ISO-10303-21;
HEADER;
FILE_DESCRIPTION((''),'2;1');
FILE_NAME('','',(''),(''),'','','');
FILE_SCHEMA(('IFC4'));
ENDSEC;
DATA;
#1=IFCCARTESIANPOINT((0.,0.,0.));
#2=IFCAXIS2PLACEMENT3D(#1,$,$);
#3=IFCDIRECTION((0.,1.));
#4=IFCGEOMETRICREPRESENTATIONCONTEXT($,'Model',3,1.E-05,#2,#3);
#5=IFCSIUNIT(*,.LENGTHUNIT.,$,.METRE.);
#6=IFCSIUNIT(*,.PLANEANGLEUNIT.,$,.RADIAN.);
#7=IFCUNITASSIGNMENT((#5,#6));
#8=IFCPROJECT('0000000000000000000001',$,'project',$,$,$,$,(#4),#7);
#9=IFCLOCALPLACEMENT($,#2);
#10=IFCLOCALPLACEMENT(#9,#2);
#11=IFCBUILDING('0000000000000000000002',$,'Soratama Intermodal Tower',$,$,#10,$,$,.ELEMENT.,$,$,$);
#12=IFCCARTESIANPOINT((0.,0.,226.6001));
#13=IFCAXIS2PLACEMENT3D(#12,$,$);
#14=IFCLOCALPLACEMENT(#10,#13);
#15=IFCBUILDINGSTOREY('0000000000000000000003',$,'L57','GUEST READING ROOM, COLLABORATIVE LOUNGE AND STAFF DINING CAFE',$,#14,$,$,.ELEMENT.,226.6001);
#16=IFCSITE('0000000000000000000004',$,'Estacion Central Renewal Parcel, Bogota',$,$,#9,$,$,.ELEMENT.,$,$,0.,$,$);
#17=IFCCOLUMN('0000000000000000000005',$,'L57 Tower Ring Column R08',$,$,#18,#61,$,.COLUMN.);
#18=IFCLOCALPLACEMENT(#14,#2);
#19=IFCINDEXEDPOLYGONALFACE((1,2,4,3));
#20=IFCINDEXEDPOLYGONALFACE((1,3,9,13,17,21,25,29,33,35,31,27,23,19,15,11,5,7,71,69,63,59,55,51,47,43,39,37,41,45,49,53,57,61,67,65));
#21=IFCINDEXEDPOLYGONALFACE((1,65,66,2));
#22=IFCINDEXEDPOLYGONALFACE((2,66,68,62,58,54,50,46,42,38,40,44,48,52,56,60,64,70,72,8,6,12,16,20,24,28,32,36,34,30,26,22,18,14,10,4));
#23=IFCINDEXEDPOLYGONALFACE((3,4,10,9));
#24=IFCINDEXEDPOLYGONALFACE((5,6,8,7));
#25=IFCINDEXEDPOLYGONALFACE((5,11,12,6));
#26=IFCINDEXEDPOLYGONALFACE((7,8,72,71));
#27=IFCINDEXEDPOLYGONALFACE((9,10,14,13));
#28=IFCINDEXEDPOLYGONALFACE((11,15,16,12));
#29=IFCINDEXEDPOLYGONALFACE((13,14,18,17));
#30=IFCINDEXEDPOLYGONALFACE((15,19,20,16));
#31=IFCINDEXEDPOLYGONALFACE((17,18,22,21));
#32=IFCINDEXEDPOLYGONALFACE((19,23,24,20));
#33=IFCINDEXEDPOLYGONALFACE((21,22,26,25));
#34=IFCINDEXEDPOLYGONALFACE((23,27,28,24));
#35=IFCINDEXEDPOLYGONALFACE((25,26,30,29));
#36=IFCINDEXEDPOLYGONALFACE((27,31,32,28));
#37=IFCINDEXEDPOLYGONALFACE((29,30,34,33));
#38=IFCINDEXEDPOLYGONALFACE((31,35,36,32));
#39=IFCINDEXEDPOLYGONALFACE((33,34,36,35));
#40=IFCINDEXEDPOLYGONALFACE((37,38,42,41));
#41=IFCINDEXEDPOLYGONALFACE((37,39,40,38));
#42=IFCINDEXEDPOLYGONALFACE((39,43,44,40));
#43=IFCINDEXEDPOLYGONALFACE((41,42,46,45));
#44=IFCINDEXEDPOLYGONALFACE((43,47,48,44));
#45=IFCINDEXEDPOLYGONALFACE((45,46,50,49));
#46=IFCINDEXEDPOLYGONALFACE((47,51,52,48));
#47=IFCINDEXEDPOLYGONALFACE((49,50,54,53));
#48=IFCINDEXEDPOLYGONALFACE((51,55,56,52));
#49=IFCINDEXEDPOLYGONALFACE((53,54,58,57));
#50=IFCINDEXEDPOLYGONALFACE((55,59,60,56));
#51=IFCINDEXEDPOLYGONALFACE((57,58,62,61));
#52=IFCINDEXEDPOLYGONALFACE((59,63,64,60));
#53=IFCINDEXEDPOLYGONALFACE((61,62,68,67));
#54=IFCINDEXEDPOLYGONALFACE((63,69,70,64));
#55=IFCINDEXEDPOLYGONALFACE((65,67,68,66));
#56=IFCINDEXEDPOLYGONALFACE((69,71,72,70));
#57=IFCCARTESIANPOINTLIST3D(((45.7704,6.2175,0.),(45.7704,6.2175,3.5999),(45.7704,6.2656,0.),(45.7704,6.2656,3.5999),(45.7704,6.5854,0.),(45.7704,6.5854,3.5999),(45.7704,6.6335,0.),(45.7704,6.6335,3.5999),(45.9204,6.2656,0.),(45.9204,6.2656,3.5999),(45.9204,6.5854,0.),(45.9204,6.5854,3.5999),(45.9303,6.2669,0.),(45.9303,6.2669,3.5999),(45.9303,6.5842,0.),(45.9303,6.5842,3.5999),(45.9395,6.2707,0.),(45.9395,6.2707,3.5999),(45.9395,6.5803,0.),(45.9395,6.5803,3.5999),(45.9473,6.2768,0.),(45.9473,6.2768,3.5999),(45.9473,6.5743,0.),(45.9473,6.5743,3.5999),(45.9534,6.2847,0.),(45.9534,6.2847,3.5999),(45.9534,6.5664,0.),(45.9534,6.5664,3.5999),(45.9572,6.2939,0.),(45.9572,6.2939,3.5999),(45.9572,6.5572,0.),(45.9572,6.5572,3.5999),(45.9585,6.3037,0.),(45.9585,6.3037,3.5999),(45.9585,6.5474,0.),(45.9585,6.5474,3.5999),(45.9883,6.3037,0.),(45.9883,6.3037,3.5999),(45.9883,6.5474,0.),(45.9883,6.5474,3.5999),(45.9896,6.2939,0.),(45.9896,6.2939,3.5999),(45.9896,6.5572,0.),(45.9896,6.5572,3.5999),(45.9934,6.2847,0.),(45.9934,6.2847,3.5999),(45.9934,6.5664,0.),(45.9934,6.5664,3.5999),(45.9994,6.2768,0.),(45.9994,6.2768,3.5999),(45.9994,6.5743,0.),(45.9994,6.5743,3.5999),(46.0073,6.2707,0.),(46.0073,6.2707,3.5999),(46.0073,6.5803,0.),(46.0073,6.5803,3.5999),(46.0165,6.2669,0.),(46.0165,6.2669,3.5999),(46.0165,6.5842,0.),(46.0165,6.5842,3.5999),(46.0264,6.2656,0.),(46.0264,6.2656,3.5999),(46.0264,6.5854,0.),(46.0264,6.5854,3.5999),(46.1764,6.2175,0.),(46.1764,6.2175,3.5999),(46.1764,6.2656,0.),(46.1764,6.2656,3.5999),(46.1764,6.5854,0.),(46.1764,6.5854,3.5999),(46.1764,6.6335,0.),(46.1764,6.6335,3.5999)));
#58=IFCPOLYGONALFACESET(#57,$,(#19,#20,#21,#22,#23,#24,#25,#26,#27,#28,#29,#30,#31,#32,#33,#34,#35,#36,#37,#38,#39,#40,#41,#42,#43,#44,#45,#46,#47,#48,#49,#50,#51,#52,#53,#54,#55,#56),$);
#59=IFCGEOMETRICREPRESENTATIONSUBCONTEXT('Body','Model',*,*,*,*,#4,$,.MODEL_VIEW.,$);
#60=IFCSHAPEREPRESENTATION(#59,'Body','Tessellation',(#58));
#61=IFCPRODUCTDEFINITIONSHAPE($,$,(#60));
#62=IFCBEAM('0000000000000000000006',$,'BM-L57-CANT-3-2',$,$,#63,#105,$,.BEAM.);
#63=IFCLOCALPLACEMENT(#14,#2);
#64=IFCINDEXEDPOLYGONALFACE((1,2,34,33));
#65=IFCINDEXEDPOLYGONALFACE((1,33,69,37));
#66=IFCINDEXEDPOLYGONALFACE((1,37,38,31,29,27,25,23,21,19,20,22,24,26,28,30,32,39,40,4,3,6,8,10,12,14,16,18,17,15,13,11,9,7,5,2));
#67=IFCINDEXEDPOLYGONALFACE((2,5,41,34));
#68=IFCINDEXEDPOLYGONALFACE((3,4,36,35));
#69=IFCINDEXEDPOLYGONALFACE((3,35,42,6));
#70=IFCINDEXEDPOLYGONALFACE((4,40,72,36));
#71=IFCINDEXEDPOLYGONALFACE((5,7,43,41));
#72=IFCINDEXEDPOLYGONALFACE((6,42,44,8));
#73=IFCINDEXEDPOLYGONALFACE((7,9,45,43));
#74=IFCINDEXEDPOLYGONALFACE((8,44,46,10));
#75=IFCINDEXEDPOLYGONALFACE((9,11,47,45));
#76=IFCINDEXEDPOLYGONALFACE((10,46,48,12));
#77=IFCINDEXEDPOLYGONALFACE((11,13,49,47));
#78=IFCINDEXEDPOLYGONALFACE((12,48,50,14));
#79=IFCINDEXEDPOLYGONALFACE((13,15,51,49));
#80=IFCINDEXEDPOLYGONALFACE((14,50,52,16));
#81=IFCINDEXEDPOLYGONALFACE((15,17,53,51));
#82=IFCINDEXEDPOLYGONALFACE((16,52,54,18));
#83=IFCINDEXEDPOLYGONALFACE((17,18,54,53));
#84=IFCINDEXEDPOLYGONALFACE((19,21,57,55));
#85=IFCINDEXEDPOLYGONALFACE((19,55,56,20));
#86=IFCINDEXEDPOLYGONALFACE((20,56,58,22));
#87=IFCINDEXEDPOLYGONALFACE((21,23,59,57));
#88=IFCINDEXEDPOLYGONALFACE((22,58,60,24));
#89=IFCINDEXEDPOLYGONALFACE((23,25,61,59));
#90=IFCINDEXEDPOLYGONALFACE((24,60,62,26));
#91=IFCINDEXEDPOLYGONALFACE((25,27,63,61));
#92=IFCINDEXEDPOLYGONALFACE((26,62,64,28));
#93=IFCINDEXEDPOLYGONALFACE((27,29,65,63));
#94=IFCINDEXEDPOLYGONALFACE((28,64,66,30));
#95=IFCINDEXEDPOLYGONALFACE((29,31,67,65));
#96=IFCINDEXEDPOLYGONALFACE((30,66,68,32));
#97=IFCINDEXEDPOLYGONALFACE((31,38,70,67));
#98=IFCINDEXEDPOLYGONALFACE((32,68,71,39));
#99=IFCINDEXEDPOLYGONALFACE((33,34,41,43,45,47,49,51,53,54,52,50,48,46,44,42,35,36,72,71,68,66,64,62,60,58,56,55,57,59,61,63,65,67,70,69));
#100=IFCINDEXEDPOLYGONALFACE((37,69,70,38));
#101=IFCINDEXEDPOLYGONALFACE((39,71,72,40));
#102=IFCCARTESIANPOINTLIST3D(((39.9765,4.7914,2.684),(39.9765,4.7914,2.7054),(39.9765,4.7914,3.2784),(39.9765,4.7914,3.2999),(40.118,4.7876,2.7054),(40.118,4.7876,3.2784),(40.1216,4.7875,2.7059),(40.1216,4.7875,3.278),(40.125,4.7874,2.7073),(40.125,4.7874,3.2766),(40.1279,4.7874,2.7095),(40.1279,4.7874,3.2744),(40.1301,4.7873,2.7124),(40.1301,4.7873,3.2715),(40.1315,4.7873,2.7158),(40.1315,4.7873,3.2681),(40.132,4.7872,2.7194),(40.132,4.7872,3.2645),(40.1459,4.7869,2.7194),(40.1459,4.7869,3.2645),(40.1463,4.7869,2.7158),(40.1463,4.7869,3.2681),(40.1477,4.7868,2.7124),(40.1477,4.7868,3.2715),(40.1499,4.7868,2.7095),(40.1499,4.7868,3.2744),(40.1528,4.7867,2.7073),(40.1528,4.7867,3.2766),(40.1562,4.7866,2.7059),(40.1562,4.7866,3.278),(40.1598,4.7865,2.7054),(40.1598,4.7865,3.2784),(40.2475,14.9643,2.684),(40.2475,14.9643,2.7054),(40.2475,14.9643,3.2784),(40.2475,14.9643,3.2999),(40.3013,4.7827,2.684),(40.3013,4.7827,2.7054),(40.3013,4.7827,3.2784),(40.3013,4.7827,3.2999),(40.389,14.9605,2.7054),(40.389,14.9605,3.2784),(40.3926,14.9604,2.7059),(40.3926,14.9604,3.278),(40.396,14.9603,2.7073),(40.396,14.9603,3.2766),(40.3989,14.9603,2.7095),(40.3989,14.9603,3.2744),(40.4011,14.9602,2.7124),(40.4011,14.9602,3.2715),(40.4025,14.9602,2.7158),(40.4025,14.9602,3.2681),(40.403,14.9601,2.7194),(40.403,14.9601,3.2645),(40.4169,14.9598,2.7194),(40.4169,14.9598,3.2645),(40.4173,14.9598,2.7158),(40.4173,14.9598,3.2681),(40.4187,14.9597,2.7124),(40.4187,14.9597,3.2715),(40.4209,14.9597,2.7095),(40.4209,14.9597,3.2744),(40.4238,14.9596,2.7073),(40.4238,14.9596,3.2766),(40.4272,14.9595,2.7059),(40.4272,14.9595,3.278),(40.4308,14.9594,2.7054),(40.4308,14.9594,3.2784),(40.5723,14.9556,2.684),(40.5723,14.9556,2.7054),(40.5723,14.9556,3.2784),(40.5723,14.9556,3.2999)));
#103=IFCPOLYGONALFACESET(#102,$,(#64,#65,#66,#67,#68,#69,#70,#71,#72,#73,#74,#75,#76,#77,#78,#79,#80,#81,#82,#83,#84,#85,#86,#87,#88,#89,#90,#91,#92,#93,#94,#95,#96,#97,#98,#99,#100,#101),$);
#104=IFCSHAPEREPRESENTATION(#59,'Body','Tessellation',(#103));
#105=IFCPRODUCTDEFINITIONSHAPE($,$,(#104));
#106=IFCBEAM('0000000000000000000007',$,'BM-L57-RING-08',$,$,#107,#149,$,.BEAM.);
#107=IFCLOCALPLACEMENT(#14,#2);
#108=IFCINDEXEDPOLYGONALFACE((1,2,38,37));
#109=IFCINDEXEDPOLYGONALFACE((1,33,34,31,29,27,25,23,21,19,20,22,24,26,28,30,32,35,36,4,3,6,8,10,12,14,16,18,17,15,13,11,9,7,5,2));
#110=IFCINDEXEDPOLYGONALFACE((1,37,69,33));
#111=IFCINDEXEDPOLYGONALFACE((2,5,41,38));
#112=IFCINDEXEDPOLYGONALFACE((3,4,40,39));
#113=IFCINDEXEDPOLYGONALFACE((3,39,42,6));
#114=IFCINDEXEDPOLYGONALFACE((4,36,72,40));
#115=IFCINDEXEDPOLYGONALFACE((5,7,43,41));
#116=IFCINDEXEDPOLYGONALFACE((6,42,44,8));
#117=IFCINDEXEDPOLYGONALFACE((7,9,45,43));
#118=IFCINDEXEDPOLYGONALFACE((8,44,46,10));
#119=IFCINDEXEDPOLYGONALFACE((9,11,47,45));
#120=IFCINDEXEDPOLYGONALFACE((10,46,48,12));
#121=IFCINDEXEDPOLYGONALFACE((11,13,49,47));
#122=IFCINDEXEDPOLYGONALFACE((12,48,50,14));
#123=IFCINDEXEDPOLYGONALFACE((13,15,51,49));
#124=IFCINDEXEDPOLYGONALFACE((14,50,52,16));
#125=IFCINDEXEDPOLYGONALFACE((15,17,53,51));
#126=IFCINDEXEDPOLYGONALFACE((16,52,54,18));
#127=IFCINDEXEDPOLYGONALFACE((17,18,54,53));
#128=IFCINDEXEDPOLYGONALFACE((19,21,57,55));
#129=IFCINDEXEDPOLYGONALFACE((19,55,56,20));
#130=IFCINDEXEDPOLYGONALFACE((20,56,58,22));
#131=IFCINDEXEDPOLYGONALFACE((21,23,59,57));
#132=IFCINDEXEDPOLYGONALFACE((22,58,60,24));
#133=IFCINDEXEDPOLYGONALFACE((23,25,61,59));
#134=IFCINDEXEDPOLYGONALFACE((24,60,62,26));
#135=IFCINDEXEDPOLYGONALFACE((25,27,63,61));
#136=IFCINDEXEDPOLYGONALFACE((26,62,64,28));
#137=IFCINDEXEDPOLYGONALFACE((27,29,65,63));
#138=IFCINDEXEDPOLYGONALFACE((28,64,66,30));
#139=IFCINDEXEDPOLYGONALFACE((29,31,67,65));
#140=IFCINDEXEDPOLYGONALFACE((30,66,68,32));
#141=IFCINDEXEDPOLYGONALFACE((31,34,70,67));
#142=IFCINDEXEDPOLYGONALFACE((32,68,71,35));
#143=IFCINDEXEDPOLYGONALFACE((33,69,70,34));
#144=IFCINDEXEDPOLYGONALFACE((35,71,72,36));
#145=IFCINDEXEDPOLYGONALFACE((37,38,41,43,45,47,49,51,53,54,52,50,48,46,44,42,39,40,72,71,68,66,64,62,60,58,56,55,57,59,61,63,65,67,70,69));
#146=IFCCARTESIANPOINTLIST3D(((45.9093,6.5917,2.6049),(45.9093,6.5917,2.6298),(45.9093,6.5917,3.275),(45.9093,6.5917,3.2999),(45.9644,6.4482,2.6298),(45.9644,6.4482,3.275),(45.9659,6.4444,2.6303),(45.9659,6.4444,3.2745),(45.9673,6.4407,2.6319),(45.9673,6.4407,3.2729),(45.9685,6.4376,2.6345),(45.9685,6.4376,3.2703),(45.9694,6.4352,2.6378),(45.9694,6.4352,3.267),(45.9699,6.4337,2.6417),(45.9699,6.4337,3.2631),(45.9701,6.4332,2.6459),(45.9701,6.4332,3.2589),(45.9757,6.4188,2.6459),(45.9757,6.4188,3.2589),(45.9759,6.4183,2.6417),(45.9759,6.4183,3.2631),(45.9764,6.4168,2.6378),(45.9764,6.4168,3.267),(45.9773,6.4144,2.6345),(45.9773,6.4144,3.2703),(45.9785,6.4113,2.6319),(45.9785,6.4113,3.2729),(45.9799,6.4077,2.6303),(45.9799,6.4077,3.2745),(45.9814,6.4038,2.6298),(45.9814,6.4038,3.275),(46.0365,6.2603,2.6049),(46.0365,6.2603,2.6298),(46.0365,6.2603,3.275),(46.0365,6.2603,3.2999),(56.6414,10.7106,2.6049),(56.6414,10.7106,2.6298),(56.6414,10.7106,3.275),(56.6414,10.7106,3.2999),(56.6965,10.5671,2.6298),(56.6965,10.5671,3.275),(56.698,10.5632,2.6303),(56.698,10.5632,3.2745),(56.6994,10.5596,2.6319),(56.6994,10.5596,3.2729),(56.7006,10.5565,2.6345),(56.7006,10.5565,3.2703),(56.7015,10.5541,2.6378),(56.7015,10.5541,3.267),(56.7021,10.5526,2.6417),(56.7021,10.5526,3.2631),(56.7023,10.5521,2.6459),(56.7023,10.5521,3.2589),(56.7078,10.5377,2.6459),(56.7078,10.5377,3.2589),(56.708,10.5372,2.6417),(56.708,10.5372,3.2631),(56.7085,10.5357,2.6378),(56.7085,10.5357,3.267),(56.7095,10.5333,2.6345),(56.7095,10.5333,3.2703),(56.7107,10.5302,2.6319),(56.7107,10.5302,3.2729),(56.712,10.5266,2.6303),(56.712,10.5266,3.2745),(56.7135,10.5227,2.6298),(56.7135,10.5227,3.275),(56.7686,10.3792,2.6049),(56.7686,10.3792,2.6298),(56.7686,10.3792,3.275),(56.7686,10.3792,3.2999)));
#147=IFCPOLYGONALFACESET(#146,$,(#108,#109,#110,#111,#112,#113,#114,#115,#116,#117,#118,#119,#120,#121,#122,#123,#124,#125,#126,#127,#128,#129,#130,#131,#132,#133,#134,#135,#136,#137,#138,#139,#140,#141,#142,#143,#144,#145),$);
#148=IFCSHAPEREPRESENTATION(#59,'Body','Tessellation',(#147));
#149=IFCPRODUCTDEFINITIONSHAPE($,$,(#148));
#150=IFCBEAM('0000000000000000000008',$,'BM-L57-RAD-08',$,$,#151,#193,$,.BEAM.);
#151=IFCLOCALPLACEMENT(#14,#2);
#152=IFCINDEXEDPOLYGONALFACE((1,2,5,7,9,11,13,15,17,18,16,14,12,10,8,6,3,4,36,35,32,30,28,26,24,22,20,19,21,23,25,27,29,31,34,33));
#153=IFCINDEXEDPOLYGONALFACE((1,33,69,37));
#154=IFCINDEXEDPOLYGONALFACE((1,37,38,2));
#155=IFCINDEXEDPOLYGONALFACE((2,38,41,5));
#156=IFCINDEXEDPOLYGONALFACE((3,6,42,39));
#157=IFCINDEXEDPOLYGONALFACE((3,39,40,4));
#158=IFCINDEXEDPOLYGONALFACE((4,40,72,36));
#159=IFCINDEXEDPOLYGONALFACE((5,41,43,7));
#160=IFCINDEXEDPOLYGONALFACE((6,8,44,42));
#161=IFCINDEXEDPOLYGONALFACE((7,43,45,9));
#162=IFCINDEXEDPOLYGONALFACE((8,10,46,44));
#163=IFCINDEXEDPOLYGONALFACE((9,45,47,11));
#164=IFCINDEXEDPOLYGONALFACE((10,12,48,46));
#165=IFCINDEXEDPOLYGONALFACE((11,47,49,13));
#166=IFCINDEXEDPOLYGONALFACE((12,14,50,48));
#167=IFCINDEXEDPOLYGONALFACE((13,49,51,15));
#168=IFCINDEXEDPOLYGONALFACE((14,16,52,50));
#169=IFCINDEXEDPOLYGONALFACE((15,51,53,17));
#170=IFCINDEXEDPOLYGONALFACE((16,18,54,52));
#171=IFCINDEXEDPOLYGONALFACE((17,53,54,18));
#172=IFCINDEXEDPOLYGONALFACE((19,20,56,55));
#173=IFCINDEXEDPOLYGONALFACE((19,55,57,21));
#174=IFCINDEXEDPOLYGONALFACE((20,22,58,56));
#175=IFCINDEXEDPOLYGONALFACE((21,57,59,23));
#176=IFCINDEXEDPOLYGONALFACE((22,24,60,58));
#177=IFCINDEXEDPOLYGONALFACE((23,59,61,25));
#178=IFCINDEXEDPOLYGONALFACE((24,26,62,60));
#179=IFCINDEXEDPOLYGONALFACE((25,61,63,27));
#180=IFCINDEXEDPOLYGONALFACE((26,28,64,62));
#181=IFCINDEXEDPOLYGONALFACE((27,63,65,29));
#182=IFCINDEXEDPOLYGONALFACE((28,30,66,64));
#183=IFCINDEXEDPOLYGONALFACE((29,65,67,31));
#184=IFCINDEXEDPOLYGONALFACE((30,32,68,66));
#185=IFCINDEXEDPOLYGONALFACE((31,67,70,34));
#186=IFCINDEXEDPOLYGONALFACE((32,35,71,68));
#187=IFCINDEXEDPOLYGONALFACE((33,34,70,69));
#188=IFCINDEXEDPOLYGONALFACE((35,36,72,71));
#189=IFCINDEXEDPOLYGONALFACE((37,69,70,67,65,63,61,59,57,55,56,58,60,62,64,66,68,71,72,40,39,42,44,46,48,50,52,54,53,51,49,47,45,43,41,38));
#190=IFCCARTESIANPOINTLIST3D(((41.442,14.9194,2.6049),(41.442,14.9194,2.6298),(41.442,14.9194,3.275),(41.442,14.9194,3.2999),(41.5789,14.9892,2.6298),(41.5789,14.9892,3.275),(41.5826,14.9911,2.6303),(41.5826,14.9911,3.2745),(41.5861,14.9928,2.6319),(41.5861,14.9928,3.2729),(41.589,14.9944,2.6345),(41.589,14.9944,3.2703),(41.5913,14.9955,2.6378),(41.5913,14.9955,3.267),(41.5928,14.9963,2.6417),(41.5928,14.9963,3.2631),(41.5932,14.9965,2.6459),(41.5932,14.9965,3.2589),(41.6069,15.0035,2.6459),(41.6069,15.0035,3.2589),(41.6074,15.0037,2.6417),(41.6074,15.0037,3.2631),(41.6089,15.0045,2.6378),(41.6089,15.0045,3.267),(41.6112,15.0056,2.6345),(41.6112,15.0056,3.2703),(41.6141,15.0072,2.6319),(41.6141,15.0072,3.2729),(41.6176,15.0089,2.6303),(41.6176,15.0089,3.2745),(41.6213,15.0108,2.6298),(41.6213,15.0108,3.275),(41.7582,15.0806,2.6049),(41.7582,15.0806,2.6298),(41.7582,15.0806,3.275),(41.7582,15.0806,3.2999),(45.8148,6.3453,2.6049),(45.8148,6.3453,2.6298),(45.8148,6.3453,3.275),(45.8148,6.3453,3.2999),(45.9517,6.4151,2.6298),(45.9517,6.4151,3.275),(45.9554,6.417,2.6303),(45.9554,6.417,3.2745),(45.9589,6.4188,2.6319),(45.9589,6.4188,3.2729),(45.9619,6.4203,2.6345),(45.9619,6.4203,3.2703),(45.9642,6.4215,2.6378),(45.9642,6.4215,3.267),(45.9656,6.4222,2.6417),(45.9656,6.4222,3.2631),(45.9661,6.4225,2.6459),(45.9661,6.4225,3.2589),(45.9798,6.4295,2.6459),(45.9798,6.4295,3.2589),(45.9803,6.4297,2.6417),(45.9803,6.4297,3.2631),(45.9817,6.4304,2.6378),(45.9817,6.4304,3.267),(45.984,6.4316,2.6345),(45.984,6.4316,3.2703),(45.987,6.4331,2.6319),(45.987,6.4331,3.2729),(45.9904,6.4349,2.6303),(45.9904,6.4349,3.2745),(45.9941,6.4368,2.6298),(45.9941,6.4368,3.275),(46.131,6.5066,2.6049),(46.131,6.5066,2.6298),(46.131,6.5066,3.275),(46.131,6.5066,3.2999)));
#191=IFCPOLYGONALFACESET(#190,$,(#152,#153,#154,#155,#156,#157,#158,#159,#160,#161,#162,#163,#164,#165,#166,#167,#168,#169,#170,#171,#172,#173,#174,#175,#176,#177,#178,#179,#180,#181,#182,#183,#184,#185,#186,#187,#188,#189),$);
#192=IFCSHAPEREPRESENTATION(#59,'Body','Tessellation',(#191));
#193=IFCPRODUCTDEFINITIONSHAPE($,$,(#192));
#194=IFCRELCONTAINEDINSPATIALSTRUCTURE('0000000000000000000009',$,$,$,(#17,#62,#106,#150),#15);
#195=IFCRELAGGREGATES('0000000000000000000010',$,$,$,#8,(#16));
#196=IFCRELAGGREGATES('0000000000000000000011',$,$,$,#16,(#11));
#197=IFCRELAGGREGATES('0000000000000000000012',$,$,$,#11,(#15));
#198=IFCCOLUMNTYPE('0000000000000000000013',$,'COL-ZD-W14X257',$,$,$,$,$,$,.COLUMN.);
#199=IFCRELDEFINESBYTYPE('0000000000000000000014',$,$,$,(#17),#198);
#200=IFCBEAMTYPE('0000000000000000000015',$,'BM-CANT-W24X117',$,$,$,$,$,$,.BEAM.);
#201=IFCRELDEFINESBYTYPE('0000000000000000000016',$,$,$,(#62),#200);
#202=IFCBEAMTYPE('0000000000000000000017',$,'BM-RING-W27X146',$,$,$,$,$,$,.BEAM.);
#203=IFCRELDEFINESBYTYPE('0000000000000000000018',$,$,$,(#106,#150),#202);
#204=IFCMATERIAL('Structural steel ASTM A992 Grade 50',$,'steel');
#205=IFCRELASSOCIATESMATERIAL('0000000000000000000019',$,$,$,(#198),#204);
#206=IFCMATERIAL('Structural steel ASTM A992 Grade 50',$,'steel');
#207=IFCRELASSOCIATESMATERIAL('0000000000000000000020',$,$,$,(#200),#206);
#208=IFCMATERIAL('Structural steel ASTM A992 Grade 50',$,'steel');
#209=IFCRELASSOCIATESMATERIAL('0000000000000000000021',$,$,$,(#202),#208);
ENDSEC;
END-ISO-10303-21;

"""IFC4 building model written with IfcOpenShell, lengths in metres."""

from ifc_helpers import new_model, si_unit, direction, frame, origin, origin_2d, place, context, subcontext, project, spatial, i_section, extrude, material, material_profile, profile_set, type_object, element, save


model = new_model("IFC4")

# Units and contexts
model_context = context("Model", 3, precision=1e-05, world=origin(), true_north=direction((0.0, 1.0)))
body_context = subcontext(model_context, "Body", "Model", "MODEL_VIEW")
ifc_project = project(units=[si_unit("LENGTHUNIT", "METRE"), si_unit("PLANEANGLEUNIT", "RADIAN")], contexts=[model_context])

# Site, building, storey
site_placement = place(None, origin())
site = spatial("IfcSite", under=ifc_project, at=site_placement, Name="Estacion Central Renewal Parcel, Bogota", CompositionType="ELEMENT", RefElevation=0.0)
building_placement = place(site_placement, origin())
building = spatial("IfcBuilding", under=site, at=building_placement, Name="Soratama Intermodal Tower", CompositionType="ELEMENT")
storey_placement = place(building_placement, frame((0.0, 0.0, 226.6001)))
storey = spatial("IfcBuildingStorey", under=building, at=storey_placement, Name="L57", Description="GUEST READING ROOM, COLLABORATIVE LOUNGE AND STAFF DINING CAFE", CompositionType="ELEMENT", Elevation=226.6001)

# Column
ifc_material_1 = material(Name="Structural steel ASTM A992 Grade 50", Category="steel")
ifc_material_profile_1 = material_profile(ifc_material_1, i_section(OverallWidth=0.406, OverallDepth=0.416, WebThickness=0.0298, FlangeThickness=0.0481, FilletRadius=0.0381, at=origin_2d()), Name="W14X257")
ifc_profile_set_1 = profile_set([ifc_material_profile_1], Name="Structural steel ASTM A992 Grade 50")
column_type = type_object("IfcColumnType", Name="COL-ZD-W14X257", PredefinedType="COLUMN", material=ifc_profile_set_1)
column_placement = place(storey_placement, frame((45.9734, 6.4255, 0.0), z_axis=(0.0, 0.0, 1.0), x_axis=(1.0, 0.0, 0.0)))
element("IfcColumn", 1, at=column_placement, inside=storey, type_object=column_type, Name="L57 Tower Ring Column R08", PredefinedType="COLUMN", context=body_context, shape_type="SweptSolid", body=[
    extrude(i_section(OverallWidth=0.406, OverallDepth=0.416, WebThickness=0.0298, FlangeThickness=0.0481, FilletRadius=0.0381, at=origin_2d()), origin(), (0.0, 0.0, 1.0), 3.5999),
])

# Beams
ifc_material_2 = material(Name="Structural steel ASTM A992 Grade 50", Category="steel")
ifc_material_profile_2 = material_profile(ifc_material_2, i_section(OverallWidth=0.325, OverallDepth=0.616, WebThickness=0.0139, FlangeThickness=0.0215, FilletRadius=0.0139, at=origin_2d()), Name="W24X117")
ifc_profile_set_2 = profile_set([ifc_material_profile_2], Name="Structural steel ASTM A992 Grade 50")
beam_type_1 = type_object("IfcBeamType", Name="BM-CANT-W24X117", PredefinedType="BEAM", material=ifc_profile_set_2)
beam_1_placement = place(storey_placement, frame((40.4099, 14.96, 2.9919), z_axis=(-0.02663, -0.999645, 0.0), x_axis=(0.999645, -0.02663, 0.0)))
element("IfcBeam", 2, at=beam_1_placement, inside=storey, type_object=beam_type_1, Name="BM-L57-CANT-3-2", PredefinedType="BEAM", context=body_context, shape_type="SweptSolid", body=[
    extrude(i_section(OverallWidth=0.325, OverallDepth=0.616, WebThickness=0.0139, FlangeThickness=0.0215, FilletRadius=0.0139, at=origin_2d()), origin(), (0.0, 0.0, 1.0), 10.1765),
])
ifc_material_3 = material(Name="Structural steel ASTM A992 Grade 50", Category="steel")
ifc_material_profile_3 = material_profile(ifc_material_3, i_section(OverallWidth=0.355, OverallDepth=0.6951, WebThickness=0.0154, FlangeThickness=0.0249, FilletRadius=0.0161, at=origin_2d()), Name="W27X146")
ifc_profile_set_3 = profile_set([ifc_material_profile_3], Name="Structural steel ASTM A992 Grade 50")
beam_type_2 = type_object("IfcBeamType", Name="BM-RING-W27X146", PredefinedType="BEAM", material=ifc_profile_set_3)
beam_2_placement = place(storey_placement, frame((45.9729, 6.426, 2.9524), z_axis=(0.933604, 0.358307, 0.0), x_axis=(-0.358307, 0.933604, 0.0)))
element("IfcBeam", 3, at=beam_2_placement, inside=storey, type_object=beam_type_2, Name="BM-L57-RING-08", PredefinedType="BEAM", context=body_context, shape_type="SweptSolid", body=[
    extrude(i_section(OverallWidth=0.355, OverallDepth=0.6951, WebThickness=0.0154, FlangeThickness=0.0249, FilletRadius=0.0161, at=origin_2d()), origin(), (0.0, 0.0, 1.0), 11.4954),
])
beam_3_placement = place(storey_placement, frame((41.6001, 15.0, 2.9524), z_axis=(0.454332, -0.890832, 0.0), x_axis=(0.890832, 0.454332, 0.0)))
element("IfcBeam", 4, at=beam_3_placement, inside=storey, type_object=beam_type_2, Name="BM-L57-RAD-08", PredefinedType="BEAM", context=body_context, shape_type="SweptSolid", body=[
    extrude(i_section(OverallWidth=0.355, OverallDepth=0.6951, WebThickness=0.0154, FlangeThickness=0.0249, FilletRadius=0.0161, at=origin_2d()), origin(), (0.0, 0.0, 1.0), 9.6248),
])

save(model, "model.ifc")
